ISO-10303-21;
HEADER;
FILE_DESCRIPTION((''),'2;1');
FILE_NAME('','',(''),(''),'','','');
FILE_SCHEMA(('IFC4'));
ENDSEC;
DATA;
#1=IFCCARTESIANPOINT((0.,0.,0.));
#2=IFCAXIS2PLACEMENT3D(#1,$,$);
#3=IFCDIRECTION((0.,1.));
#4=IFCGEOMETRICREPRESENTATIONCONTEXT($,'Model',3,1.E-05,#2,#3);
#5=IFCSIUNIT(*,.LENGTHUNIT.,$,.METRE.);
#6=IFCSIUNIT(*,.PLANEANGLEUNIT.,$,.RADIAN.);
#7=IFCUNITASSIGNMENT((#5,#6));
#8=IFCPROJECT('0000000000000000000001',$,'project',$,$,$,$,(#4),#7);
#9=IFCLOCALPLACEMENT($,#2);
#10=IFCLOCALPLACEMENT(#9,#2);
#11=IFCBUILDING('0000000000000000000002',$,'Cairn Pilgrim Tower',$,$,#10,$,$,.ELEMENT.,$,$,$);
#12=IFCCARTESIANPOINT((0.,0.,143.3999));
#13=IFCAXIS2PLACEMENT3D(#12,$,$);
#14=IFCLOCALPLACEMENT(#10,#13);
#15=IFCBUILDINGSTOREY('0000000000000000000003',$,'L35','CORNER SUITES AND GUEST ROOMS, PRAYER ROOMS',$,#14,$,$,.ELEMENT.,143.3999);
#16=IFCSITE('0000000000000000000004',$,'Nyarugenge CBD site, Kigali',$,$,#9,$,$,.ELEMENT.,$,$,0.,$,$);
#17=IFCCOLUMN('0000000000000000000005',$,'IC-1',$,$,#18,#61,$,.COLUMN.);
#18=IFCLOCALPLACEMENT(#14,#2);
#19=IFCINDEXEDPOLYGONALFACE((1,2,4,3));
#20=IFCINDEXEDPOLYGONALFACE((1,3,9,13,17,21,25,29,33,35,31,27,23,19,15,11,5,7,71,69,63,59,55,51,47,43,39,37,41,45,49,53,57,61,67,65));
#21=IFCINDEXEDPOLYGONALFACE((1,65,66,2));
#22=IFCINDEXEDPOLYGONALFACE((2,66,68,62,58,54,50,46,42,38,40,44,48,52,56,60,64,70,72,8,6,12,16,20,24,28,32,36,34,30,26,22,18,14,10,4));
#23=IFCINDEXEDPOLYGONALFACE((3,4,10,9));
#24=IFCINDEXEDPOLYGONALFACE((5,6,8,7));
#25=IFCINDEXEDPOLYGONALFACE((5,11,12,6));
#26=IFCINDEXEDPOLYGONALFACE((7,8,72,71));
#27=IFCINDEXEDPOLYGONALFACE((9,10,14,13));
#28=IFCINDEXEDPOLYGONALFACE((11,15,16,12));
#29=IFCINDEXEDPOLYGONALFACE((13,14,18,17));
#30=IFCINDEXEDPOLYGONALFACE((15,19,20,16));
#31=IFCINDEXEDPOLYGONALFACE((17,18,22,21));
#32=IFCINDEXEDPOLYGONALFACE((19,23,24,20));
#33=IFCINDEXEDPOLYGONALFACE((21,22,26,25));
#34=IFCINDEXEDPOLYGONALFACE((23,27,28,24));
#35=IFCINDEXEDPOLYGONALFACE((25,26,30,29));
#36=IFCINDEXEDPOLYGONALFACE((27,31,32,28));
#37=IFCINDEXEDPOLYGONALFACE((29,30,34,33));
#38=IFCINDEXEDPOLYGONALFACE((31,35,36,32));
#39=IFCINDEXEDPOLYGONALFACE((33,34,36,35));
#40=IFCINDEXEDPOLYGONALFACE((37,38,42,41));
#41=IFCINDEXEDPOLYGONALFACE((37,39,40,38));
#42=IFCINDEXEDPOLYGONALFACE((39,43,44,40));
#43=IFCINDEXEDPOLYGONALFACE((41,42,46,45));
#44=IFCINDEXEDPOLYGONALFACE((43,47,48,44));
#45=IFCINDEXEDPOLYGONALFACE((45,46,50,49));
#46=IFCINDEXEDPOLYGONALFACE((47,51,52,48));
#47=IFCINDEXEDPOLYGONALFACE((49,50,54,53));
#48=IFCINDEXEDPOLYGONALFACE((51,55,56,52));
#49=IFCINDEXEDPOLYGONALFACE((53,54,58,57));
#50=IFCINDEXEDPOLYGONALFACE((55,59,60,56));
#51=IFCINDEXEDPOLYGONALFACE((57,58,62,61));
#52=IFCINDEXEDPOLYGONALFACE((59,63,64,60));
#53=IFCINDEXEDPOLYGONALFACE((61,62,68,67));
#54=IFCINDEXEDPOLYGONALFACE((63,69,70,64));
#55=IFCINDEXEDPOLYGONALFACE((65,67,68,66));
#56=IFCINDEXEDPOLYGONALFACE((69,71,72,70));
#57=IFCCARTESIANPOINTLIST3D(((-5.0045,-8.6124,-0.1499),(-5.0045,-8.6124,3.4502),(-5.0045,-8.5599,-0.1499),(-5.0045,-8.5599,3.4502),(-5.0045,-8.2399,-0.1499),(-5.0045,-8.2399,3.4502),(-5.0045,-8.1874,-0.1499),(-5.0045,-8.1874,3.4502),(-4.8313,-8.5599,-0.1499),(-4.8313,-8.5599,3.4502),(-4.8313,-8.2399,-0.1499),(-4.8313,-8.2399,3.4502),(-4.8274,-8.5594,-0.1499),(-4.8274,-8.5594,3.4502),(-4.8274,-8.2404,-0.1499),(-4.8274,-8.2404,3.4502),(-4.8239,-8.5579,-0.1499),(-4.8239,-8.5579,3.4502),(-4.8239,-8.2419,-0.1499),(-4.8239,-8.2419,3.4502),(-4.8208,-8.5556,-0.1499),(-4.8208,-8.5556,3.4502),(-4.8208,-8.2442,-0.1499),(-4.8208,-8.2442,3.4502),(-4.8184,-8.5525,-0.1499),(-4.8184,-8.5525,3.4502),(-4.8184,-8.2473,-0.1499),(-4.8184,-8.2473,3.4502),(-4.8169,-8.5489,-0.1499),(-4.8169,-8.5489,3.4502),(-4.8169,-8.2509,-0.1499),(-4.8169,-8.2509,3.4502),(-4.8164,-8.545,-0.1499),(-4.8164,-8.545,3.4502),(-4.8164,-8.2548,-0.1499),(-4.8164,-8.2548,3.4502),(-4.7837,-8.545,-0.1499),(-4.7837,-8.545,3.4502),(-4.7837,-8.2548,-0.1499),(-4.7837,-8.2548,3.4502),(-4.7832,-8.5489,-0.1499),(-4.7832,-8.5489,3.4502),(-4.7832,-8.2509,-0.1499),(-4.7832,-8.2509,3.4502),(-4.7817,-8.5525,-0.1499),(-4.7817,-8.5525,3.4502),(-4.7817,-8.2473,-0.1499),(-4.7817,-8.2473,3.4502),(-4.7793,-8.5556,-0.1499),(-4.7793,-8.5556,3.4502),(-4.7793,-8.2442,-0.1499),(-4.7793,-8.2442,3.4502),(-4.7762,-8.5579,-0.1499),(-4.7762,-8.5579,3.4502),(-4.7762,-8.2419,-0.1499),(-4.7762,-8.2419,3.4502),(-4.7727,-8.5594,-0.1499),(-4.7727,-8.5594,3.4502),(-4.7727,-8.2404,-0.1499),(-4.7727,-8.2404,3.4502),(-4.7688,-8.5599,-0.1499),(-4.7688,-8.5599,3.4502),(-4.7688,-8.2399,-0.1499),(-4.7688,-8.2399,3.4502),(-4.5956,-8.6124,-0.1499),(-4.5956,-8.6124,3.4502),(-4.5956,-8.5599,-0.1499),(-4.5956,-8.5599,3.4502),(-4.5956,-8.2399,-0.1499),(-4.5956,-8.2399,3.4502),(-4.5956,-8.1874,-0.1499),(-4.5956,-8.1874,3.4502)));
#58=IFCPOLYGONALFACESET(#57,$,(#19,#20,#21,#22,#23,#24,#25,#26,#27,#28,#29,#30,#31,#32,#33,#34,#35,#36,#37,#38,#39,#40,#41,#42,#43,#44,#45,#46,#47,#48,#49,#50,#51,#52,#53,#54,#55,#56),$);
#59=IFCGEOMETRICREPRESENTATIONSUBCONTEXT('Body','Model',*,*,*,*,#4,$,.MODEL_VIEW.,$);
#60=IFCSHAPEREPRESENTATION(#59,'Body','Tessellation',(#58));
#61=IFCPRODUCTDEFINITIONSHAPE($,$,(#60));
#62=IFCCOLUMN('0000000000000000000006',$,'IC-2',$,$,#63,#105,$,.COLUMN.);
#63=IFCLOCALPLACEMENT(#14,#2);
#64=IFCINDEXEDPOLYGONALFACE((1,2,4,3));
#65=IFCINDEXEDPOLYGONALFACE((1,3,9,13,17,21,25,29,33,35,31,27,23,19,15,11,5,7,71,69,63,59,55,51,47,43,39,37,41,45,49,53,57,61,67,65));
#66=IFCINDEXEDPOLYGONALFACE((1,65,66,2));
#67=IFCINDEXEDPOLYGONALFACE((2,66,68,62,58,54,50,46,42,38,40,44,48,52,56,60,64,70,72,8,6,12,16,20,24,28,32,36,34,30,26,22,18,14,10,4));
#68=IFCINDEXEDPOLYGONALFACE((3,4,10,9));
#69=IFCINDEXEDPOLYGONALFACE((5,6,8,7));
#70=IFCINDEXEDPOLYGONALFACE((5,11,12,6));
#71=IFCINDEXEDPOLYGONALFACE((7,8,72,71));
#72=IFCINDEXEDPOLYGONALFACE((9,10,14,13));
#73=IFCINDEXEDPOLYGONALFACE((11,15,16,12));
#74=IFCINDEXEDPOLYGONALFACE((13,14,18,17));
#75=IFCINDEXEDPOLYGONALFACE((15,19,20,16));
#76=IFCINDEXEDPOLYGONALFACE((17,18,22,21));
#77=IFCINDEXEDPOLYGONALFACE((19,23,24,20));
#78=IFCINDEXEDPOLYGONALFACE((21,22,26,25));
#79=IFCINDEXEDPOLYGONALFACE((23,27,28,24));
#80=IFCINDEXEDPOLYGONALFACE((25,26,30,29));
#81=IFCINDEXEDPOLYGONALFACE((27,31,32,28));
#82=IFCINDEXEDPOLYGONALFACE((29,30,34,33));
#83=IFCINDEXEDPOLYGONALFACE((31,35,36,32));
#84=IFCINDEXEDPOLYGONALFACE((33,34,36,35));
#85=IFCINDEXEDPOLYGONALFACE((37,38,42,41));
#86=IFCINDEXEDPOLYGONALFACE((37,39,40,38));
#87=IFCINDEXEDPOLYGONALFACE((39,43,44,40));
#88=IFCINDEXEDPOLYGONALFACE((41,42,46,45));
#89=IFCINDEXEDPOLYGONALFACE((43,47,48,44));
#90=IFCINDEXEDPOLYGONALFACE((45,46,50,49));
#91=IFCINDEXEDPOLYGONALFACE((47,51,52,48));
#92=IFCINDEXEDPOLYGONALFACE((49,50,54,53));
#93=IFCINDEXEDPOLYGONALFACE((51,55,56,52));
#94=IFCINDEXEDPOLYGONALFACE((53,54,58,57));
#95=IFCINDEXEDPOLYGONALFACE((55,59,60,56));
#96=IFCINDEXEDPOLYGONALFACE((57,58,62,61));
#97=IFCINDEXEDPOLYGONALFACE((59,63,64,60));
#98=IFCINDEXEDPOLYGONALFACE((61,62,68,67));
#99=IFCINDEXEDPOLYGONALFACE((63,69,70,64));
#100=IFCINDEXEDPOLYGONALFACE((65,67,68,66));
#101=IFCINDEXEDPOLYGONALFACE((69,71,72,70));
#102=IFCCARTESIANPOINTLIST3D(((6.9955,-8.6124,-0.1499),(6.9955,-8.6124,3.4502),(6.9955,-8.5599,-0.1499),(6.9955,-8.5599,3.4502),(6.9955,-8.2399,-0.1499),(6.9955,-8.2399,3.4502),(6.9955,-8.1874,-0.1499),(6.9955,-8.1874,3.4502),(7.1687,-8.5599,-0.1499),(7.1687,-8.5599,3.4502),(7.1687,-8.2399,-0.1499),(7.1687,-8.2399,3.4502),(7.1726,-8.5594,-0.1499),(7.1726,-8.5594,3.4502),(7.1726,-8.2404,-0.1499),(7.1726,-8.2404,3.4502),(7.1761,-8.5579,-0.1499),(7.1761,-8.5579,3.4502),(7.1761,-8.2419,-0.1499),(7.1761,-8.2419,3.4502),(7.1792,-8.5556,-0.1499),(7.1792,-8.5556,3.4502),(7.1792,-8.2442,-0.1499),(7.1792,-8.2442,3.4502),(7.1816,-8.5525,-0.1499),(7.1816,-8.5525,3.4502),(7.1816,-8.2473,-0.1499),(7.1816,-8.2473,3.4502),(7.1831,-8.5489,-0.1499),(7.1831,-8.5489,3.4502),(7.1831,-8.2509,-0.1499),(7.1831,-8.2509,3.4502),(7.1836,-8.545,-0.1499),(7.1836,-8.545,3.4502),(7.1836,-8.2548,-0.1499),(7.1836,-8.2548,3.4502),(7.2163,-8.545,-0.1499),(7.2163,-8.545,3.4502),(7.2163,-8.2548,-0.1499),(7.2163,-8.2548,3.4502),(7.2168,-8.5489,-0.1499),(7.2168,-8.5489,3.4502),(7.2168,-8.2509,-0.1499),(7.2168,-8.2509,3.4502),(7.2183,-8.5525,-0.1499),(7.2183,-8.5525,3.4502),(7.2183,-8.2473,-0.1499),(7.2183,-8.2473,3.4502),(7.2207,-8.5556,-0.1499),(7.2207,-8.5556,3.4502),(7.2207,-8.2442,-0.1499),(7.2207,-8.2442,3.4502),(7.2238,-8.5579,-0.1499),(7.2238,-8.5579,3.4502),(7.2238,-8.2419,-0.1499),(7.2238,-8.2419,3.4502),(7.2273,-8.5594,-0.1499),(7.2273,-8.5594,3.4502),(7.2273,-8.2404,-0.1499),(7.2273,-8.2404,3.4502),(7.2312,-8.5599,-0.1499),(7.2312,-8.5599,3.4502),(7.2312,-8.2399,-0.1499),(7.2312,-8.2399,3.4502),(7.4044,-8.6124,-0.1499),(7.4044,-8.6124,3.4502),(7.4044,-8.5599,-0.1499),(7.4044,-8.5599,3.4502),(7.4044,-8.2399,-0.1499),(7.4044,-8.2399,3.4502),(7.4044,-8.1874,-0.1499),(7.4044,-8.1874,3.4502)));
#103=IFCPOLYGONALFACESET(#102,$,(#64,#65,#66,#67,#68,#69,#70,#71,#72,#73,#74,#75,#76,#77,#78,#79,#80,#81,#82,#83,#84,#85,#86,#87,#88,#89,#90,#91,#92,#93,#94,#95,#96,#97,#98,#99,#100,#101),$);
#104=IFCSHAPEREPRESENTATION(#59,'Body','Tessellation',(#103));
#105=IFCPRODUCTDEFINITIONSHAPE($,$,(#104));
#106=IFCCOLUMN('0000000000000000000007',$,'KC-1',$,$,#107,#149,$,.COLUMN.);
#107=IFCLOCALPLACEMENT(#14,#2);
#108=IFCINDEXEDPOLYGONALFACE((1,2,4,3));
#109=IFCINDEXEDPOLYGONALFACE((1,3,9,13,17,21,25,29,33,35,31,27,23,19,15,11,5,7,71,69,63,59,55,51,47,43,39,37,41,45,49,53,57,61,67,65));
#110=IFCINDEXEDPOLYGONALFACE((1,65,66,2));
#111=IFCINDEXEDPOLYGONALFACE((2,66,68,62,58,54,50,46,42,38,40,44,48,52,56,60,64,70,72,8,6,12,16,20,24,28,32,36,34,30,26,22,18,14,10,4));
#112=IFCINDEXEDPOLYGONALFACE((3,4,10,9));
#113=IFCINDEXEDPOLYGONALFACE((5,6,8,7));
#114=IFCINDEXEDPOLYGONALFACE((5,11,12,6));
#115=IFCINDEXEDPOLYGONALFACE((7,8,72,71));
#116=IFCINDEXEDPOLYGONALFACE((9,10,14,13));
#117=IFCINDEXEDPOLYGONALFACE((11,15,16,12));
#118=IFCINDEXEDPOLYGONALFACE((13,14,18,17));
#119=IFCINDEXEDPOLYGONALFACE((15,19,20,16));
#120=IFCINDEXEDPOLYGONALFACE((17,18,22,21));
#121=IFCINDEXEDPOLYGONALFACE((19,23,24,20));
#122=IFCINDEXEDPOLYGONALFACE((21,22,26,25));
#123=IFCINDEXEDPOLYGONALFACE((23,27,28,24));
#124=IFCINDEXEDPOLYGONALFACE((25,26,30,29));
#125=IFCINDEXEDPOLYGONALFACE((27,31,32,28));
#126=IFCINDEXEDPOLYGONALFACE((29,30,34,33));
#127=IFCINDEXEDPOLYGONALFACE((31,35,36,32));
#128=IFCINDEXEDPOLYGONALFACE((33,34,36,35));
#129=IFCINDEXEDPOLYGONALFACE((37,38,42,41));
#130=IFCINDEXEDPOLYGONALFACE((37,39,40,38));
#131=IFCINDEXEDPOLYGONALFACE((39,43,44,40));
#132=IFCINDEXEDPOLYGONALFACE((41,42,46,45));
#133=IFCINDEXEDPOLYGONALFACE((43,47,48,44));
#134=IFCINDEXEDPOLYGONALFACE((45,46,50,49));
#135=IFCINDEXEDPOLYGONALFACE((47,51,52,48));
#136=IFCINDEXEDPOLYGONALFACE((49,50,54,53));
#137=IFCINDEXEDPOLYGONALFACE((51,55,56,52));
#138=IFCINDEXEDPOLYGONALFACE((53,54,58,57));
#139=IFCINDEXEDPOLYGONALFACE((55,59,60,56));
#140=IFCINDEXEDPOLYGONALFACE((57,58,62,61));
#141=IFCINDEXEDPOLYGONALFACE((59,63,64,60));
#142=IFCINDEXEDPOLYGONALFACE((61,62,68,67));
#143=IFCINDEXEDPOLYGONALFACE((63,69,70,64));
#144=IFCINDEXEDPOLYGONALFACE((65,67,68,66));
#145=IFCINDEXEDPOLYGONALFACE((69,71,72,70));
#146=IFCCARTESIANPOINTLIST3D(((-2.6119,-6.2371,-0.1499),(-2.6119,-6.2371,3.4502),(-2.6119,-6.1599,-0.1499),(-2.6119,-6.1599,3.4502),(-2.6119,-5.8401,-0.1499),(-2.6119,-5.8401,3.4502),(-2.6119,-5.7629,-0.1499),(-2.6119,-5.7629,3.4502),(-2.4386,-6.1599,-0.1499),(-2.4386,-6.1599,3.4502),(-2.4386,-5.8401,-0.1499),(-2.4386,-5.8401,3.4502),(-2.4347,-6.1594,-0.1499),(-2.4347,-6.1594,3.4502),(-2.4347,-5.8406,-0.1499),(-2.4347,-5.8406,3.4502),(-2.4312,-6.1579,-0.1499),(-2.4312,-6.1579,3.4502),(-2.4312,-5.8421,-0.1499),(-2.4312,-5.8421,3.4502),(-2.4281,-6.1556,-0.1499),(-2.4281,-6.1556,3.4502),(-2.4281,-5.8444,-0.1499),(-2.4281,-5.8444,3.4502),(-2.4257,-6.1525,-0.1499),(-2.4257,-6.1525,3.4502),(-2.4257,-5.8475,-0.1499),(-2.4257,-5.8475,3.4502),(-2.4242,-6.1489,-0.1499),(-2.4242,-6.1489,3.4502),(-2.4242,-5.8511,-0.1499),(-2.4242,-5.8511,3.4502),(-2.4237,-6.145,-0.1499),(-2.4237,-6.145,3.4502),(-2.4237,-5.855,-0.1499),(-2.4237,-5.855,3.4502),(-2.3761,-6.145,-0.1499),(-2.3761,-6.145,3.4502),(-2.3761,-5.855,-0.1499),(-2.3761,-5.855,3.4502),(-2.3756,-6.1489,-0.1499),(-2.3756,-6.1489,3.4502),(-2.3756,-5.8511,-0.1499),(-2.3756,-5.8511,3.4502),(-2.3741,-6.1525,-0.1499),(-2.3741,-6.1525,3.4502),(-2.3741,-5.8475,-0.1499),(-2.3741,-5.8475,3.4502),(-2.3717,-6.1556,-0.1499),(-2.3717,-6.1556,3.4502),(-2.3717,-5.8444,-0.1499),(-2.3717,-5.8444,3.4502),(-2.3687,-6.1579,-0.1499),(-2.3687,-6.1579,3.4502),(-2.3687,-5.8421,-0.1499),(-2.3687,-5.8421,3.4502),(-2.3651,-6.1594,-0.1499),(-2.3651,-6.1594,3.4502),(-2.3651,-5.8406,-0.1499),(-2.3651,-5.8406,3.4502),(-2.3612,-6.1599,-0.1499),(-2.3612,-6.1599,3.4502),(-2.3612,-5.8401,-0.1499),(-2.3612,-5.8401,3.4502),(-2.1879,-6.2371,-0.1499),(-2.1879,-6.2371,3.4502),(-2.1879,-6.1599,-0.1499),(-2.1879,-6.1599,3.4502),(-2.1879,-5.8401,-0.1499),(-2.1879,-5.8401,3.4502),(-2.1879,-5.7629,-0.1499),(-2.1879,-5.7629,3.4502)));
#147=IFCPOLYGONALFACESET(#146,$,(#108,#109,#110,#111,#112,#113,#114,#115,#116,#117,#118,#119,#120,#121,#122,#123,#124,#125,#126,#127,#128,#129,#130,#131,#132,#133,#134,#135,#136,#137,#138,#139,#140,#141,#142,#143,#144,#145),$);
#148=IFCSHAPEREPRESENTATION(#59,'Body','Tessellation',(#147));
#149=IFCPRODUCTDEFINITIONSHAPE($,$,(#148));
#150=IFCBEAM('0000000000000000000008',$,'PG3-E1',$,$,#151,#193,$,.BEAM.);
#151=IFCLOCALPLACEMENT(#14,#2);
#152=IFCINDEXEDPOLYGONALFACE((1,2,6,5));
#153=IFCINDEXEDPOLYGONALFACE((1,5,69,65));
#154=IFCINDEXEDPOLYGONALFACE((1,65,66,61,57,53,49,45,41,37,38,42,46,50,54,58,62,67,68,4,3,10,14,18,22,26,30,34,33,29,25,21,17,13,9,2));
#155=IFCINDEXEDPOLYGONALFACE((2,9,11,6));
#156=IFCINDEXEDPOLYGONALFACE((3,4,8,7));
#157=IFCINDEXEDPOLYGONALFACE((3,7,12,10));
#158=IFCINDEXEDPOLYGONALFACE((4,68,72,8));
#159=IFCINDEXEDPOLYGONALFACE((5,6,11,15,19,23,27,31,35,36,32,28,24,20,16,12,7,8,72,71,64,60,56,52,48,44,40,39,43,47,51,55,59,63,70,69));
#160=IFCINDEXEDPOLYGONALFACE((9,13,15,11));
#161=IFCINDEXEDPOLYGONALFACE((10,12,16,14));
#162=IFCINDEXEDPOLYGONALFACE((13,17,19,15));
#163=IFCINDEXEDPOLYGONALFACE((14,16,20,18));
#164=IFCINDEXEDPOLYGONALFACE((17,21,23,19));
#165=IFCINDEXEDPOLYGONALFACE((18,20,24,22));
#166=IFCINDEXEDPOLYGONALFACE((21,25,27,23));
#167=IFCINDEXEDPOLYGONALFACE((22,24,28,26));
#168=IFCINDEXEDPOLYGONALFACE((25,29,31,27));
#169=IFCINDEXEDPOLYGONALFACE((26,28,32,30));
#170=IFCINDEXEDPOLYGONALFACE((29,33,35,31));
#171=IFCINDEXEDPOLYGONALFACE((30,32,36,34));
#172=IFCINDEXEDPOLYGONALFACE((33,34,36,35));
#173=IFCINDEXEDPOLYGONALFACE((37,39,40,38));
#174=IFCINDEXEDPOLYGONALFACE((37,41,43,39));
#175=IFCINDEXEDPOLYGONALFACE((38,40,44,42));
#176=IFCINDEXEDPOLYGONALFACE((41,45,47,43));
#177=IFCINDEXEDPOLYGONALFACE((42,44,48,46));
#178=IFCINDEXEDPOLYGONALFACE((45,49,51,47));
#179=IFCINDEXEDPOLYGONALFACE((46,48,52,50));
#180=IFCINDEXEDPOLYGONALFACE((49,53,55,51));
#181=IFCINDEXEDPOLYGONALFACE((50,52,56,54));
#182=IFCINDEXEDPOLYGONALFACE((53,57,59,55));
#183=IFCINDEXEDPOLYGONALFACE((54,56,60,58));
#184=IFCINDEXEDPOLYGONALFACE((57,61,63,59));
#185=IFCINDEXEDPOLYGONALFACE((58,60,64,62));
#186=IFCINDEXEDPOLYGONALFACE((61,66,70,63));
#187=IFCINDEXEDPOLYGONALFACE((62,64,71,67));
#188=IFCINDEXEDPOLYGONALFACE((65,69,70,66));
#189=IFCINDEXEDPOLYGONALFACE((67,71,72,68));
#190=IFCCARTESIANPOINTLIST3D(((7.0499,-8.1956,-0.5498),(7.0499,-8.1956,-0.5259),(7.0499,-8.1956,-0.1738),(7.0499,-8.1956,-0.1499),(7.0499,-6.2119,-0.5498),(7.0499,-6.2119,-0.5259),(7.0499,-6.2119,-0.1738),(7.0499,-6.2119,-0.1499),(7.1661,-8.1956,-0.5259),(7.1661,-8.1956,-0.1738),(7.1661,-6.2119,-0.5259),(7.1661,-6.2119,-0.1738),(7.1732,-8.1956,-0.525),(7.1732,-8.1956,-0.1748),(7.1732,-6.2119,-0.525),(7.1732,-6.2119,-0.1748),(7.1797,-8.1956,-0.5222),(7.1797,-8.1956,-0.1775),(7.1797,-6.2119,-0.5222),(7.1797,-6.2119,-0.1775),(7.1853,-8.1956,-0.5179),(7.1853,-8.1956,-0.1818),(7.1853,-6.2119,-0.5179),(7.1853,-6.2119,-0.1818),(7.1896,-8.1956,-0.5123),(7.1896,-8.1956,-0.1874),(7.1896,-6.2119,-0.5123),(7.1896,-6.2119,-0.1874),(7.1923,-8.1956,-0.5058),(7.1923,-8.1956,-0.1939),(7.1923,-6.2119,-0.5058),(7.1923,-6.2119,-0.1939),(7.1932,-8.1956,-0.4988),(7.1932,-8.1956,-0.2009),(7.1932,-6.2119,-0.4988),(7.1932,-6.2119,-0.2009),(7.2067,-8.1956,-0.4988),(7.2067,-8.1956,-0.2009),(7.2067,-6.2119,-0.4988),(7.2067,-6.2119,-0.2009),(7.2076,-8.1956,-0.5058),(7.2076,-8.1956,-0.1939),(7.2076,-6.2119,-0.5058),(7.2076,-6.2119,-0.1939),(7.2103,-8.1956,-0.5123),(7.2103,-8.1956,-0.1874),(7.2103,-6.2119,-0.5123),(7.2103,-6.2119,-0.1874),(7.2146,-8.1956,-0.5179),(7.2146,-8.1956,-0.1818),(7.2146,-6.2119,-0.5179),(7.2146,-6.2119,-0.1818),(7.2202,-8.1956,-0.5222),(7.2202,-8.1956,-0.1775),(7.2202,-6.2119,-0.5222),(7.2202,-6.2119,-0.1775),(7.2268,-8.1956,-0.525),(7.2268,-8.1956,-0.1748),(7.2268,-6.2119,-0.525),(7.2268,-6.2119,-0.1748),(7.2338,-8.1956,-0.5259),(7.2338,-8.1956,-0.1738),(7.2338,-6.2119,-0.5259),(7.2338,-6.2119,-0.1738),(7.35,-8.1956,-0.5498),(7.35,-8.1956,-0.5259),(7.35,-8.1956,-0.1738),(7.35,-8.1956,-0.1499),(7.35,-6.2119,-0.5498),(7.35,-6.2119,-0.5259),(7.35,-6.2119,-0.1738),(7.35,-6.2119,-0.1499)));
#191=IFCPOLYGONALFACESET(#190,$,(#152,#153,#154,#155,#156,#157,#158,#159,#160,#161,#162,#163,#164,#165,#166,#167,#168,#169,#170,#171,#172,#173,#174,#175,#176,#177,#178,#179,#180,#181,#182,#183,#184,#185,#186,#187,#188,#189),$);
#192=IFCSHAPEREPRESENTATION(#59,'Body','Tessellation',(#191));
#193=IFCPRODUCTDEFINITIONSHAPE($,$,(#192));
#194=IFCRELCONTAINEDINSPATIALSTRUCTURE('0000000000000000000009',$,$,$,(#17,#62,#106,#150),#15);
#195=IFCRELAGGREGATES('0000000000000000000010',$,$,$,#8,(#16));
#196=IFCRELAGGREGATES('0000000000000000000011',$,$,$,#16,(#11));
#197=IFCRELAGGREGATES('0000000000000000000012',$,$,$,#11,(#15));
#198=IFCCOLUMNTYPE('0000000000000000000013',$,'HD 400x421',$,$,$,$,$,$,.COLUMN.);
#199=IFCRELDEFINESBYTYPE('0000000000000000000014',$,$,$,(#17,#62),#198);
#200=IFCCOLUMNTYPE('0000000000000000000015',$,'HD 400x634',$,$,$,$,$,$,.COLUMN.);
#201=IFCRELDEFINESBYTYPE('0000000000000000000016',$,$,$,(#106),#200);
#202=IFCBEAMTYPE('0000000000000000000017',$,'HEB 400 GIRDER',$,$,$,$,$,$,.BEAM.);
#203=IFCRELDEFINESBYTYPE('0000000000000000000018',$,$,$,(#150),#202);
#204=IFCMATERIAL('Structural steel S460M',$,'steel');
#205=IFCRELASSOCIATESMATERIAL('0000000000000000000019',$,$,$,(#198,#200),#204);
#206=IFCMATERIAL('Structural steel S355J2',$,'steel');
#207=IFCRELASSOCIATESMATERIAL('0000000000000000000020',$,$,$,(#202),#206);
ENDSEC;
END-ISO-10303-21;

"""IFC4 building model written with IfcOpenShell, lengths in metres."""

from ifc_helpers import new_model, si_unit, direction, frame, origin, origin_2d, place, context, subcontext, project, spatial, i_section, extrude, material, material_profile, profile_set, type_object, element, save


model = new_model("IFC4")

# Units and contexts
model_context = context("Model", 3, precision=1e-05, world=origin(), true_north=direction((0.0, 1.0)))
body_context = subcontext(model_context, "Body", "Model", "MODEL_VIEW")
ifc_project = project(units=[si_unit("LENGTHUNIT", "METRE"), si_unit("PLANEANGLEUNIT", "RADIAN")], contexts=[model_context])

# Site, building, storey
site_placement = place(None, origin())
site = spatial("IfcSite", under=ifc_project, at=site_placement, Name="Nyarugenge CBD site, Kigali", CompositionType="ELEMENT", RefElevation=0.0)
building_placement = place(site_placement, origin())
building = spatial("IfcBuilding", under=site, at=building_placement, Name="Cairn Pilgrim Tower", CompositionType="ELEMENT")
storey_placement = place(building_placement, frame((0.0, 0.0, 143.3999)))
storey = spatial("IfcBuildingStorey", under=building, at=storey_placement, Name="L35", Description="CORNER SUITES AND GUEST ROOMS, PRAYER ROOMS", CompositionType="ELEMENT", Elevation=143.3999)

# Columns
ifc_material_1 = material(Name="Structural steel S460M", Category="steel")
ifc_material_profile_1 = material_profile(ifc_material_1, i_section(OverallWidth=0.4089, OverallDepth=0.425, WebThickness=0.0327, FlangeThickness=0.0525, FilletRadius=0.0149, at=origin_2d()), Name="HD 400x421")
ifc_profile_set_1 = profile_set([ifc_material_profile_1], Name="Structural steel S460M")
column_type_1 = type_object("IfcColumnType", Name="HD 400x421", PredefinedType="COLUMN", material=ifc_profile_set_1)
for number, where, z_axis, x_axis, name in (
    (1, (-4.8, -8.3999, -0.1499), (0.0, 0.0, 1.0), (1.0, 0.0, 0.0), "IC-1"),
    (2, (7.2, -8.3999, -0.1499), (0.0, 0.0, 1.0), (1.0, 0.0, 0.0), "IC-2"),
):
    element("IfcColumn", number, at=place(storey_placement, frame(where, z_axis=z_axis, x_axis=x_axis)), inside=storey, type_object=column_type_1, Name=name, PredefinedType="COLUMN", context=body_context, shape_type="SweptSolid", body=[
        extrude(i_section(OverallWidth=0.4089, OverallDepth=0.425, WebThickness=0.0327, FlangeThickness=0.0525, FilletRadius=0.0149, at=origin_2d()), origin(), (0.0, 0.0, 1.0), 3.6001),
    ])
ifc_material_profile_2 = material_profile(ifc_material_1, i_section(OverallWidth=0.4241, OverallDepth=0.4741, WebThickness=0.0476, FlangeThickness=0.0771, FilletRadius=0.0149, at=origin_2d()), Name="HD 400x634")
ifc_profile_set_2 = profile_set([ifc_material_profile_2], Name="Structural steel S460M")
column_type_2 = type_object("IfcColumnType", Name="HD 400x634", PredefinedType="COLUMN", material=ifc_profile_set_2)
column_placement = place(storey_placement, frame((-2.3999, -6.0, -0.1499), z_axis=(0.0, 0.0, 1.0), x_axis=(1.0, 0.0, 0.0)))
element("IfcColumn", 3, at=column_placement, inside=storey, type_object=column_type_2, Name="KC-1", PredefinedType="COLUMN", context=body_context, shape_type="SweptSolid", body=[
    extrude(i_section(OverallWidth=0.4241, OverallDepth=0.4741, WebThickness=0.0476, FlangeThickness=0.0771, FilletRadius=0.0149, at=origin_2d()), origin(), (0.0, 0.0, 1.0), 3.6001),
])

# Beam
ifc_material_2 = material(Name="Structural steel S355J2", Category="steel")
ifc_material_profile_3 = material_profile(ifc_material_2, i_section(OverallWidth=0.3, OverallDepth=0.3999, WebThickness=0.0134, FlangeThickness=0.0239, FilletRadius=0.0271, at=origin_2d()), Name="HEB 400")
ifc_profile_set_3 = profile_set([ifc_material_profile_3], Name="Structural steel S355J2")
beam_type_1 = type_object("IfcBeamType", Name="HEB 400 GIRDER", PredefinedType="BEAM", material=ifc_profile_set_3)
beam_1_placement = place(storey_placement, frame((7.2, -8.1956, -0.3499), z_axis=(0.0, 1.0, 0.0), x_axis=(-1.0, 0.0, 0.0)))
element("IfcBeam", 4, at=beam_1_placement, inside=storey, type_object=beam_type_1, Name="PG3-E1", PredefinedType="BEAM", context=body_context, shape_type="SweptSolid", body=[
    extrude(i_section(OverallWidth=0.3, OverallDepth=0.3999, WebThickness=0.0134, FlangeThickness=0.0239, FilletRadius=0.0271, at=origin_2d()), origin(), (0.0, 0.0, 1.0), 1.9836),
])

save(model, "model.ifc")
